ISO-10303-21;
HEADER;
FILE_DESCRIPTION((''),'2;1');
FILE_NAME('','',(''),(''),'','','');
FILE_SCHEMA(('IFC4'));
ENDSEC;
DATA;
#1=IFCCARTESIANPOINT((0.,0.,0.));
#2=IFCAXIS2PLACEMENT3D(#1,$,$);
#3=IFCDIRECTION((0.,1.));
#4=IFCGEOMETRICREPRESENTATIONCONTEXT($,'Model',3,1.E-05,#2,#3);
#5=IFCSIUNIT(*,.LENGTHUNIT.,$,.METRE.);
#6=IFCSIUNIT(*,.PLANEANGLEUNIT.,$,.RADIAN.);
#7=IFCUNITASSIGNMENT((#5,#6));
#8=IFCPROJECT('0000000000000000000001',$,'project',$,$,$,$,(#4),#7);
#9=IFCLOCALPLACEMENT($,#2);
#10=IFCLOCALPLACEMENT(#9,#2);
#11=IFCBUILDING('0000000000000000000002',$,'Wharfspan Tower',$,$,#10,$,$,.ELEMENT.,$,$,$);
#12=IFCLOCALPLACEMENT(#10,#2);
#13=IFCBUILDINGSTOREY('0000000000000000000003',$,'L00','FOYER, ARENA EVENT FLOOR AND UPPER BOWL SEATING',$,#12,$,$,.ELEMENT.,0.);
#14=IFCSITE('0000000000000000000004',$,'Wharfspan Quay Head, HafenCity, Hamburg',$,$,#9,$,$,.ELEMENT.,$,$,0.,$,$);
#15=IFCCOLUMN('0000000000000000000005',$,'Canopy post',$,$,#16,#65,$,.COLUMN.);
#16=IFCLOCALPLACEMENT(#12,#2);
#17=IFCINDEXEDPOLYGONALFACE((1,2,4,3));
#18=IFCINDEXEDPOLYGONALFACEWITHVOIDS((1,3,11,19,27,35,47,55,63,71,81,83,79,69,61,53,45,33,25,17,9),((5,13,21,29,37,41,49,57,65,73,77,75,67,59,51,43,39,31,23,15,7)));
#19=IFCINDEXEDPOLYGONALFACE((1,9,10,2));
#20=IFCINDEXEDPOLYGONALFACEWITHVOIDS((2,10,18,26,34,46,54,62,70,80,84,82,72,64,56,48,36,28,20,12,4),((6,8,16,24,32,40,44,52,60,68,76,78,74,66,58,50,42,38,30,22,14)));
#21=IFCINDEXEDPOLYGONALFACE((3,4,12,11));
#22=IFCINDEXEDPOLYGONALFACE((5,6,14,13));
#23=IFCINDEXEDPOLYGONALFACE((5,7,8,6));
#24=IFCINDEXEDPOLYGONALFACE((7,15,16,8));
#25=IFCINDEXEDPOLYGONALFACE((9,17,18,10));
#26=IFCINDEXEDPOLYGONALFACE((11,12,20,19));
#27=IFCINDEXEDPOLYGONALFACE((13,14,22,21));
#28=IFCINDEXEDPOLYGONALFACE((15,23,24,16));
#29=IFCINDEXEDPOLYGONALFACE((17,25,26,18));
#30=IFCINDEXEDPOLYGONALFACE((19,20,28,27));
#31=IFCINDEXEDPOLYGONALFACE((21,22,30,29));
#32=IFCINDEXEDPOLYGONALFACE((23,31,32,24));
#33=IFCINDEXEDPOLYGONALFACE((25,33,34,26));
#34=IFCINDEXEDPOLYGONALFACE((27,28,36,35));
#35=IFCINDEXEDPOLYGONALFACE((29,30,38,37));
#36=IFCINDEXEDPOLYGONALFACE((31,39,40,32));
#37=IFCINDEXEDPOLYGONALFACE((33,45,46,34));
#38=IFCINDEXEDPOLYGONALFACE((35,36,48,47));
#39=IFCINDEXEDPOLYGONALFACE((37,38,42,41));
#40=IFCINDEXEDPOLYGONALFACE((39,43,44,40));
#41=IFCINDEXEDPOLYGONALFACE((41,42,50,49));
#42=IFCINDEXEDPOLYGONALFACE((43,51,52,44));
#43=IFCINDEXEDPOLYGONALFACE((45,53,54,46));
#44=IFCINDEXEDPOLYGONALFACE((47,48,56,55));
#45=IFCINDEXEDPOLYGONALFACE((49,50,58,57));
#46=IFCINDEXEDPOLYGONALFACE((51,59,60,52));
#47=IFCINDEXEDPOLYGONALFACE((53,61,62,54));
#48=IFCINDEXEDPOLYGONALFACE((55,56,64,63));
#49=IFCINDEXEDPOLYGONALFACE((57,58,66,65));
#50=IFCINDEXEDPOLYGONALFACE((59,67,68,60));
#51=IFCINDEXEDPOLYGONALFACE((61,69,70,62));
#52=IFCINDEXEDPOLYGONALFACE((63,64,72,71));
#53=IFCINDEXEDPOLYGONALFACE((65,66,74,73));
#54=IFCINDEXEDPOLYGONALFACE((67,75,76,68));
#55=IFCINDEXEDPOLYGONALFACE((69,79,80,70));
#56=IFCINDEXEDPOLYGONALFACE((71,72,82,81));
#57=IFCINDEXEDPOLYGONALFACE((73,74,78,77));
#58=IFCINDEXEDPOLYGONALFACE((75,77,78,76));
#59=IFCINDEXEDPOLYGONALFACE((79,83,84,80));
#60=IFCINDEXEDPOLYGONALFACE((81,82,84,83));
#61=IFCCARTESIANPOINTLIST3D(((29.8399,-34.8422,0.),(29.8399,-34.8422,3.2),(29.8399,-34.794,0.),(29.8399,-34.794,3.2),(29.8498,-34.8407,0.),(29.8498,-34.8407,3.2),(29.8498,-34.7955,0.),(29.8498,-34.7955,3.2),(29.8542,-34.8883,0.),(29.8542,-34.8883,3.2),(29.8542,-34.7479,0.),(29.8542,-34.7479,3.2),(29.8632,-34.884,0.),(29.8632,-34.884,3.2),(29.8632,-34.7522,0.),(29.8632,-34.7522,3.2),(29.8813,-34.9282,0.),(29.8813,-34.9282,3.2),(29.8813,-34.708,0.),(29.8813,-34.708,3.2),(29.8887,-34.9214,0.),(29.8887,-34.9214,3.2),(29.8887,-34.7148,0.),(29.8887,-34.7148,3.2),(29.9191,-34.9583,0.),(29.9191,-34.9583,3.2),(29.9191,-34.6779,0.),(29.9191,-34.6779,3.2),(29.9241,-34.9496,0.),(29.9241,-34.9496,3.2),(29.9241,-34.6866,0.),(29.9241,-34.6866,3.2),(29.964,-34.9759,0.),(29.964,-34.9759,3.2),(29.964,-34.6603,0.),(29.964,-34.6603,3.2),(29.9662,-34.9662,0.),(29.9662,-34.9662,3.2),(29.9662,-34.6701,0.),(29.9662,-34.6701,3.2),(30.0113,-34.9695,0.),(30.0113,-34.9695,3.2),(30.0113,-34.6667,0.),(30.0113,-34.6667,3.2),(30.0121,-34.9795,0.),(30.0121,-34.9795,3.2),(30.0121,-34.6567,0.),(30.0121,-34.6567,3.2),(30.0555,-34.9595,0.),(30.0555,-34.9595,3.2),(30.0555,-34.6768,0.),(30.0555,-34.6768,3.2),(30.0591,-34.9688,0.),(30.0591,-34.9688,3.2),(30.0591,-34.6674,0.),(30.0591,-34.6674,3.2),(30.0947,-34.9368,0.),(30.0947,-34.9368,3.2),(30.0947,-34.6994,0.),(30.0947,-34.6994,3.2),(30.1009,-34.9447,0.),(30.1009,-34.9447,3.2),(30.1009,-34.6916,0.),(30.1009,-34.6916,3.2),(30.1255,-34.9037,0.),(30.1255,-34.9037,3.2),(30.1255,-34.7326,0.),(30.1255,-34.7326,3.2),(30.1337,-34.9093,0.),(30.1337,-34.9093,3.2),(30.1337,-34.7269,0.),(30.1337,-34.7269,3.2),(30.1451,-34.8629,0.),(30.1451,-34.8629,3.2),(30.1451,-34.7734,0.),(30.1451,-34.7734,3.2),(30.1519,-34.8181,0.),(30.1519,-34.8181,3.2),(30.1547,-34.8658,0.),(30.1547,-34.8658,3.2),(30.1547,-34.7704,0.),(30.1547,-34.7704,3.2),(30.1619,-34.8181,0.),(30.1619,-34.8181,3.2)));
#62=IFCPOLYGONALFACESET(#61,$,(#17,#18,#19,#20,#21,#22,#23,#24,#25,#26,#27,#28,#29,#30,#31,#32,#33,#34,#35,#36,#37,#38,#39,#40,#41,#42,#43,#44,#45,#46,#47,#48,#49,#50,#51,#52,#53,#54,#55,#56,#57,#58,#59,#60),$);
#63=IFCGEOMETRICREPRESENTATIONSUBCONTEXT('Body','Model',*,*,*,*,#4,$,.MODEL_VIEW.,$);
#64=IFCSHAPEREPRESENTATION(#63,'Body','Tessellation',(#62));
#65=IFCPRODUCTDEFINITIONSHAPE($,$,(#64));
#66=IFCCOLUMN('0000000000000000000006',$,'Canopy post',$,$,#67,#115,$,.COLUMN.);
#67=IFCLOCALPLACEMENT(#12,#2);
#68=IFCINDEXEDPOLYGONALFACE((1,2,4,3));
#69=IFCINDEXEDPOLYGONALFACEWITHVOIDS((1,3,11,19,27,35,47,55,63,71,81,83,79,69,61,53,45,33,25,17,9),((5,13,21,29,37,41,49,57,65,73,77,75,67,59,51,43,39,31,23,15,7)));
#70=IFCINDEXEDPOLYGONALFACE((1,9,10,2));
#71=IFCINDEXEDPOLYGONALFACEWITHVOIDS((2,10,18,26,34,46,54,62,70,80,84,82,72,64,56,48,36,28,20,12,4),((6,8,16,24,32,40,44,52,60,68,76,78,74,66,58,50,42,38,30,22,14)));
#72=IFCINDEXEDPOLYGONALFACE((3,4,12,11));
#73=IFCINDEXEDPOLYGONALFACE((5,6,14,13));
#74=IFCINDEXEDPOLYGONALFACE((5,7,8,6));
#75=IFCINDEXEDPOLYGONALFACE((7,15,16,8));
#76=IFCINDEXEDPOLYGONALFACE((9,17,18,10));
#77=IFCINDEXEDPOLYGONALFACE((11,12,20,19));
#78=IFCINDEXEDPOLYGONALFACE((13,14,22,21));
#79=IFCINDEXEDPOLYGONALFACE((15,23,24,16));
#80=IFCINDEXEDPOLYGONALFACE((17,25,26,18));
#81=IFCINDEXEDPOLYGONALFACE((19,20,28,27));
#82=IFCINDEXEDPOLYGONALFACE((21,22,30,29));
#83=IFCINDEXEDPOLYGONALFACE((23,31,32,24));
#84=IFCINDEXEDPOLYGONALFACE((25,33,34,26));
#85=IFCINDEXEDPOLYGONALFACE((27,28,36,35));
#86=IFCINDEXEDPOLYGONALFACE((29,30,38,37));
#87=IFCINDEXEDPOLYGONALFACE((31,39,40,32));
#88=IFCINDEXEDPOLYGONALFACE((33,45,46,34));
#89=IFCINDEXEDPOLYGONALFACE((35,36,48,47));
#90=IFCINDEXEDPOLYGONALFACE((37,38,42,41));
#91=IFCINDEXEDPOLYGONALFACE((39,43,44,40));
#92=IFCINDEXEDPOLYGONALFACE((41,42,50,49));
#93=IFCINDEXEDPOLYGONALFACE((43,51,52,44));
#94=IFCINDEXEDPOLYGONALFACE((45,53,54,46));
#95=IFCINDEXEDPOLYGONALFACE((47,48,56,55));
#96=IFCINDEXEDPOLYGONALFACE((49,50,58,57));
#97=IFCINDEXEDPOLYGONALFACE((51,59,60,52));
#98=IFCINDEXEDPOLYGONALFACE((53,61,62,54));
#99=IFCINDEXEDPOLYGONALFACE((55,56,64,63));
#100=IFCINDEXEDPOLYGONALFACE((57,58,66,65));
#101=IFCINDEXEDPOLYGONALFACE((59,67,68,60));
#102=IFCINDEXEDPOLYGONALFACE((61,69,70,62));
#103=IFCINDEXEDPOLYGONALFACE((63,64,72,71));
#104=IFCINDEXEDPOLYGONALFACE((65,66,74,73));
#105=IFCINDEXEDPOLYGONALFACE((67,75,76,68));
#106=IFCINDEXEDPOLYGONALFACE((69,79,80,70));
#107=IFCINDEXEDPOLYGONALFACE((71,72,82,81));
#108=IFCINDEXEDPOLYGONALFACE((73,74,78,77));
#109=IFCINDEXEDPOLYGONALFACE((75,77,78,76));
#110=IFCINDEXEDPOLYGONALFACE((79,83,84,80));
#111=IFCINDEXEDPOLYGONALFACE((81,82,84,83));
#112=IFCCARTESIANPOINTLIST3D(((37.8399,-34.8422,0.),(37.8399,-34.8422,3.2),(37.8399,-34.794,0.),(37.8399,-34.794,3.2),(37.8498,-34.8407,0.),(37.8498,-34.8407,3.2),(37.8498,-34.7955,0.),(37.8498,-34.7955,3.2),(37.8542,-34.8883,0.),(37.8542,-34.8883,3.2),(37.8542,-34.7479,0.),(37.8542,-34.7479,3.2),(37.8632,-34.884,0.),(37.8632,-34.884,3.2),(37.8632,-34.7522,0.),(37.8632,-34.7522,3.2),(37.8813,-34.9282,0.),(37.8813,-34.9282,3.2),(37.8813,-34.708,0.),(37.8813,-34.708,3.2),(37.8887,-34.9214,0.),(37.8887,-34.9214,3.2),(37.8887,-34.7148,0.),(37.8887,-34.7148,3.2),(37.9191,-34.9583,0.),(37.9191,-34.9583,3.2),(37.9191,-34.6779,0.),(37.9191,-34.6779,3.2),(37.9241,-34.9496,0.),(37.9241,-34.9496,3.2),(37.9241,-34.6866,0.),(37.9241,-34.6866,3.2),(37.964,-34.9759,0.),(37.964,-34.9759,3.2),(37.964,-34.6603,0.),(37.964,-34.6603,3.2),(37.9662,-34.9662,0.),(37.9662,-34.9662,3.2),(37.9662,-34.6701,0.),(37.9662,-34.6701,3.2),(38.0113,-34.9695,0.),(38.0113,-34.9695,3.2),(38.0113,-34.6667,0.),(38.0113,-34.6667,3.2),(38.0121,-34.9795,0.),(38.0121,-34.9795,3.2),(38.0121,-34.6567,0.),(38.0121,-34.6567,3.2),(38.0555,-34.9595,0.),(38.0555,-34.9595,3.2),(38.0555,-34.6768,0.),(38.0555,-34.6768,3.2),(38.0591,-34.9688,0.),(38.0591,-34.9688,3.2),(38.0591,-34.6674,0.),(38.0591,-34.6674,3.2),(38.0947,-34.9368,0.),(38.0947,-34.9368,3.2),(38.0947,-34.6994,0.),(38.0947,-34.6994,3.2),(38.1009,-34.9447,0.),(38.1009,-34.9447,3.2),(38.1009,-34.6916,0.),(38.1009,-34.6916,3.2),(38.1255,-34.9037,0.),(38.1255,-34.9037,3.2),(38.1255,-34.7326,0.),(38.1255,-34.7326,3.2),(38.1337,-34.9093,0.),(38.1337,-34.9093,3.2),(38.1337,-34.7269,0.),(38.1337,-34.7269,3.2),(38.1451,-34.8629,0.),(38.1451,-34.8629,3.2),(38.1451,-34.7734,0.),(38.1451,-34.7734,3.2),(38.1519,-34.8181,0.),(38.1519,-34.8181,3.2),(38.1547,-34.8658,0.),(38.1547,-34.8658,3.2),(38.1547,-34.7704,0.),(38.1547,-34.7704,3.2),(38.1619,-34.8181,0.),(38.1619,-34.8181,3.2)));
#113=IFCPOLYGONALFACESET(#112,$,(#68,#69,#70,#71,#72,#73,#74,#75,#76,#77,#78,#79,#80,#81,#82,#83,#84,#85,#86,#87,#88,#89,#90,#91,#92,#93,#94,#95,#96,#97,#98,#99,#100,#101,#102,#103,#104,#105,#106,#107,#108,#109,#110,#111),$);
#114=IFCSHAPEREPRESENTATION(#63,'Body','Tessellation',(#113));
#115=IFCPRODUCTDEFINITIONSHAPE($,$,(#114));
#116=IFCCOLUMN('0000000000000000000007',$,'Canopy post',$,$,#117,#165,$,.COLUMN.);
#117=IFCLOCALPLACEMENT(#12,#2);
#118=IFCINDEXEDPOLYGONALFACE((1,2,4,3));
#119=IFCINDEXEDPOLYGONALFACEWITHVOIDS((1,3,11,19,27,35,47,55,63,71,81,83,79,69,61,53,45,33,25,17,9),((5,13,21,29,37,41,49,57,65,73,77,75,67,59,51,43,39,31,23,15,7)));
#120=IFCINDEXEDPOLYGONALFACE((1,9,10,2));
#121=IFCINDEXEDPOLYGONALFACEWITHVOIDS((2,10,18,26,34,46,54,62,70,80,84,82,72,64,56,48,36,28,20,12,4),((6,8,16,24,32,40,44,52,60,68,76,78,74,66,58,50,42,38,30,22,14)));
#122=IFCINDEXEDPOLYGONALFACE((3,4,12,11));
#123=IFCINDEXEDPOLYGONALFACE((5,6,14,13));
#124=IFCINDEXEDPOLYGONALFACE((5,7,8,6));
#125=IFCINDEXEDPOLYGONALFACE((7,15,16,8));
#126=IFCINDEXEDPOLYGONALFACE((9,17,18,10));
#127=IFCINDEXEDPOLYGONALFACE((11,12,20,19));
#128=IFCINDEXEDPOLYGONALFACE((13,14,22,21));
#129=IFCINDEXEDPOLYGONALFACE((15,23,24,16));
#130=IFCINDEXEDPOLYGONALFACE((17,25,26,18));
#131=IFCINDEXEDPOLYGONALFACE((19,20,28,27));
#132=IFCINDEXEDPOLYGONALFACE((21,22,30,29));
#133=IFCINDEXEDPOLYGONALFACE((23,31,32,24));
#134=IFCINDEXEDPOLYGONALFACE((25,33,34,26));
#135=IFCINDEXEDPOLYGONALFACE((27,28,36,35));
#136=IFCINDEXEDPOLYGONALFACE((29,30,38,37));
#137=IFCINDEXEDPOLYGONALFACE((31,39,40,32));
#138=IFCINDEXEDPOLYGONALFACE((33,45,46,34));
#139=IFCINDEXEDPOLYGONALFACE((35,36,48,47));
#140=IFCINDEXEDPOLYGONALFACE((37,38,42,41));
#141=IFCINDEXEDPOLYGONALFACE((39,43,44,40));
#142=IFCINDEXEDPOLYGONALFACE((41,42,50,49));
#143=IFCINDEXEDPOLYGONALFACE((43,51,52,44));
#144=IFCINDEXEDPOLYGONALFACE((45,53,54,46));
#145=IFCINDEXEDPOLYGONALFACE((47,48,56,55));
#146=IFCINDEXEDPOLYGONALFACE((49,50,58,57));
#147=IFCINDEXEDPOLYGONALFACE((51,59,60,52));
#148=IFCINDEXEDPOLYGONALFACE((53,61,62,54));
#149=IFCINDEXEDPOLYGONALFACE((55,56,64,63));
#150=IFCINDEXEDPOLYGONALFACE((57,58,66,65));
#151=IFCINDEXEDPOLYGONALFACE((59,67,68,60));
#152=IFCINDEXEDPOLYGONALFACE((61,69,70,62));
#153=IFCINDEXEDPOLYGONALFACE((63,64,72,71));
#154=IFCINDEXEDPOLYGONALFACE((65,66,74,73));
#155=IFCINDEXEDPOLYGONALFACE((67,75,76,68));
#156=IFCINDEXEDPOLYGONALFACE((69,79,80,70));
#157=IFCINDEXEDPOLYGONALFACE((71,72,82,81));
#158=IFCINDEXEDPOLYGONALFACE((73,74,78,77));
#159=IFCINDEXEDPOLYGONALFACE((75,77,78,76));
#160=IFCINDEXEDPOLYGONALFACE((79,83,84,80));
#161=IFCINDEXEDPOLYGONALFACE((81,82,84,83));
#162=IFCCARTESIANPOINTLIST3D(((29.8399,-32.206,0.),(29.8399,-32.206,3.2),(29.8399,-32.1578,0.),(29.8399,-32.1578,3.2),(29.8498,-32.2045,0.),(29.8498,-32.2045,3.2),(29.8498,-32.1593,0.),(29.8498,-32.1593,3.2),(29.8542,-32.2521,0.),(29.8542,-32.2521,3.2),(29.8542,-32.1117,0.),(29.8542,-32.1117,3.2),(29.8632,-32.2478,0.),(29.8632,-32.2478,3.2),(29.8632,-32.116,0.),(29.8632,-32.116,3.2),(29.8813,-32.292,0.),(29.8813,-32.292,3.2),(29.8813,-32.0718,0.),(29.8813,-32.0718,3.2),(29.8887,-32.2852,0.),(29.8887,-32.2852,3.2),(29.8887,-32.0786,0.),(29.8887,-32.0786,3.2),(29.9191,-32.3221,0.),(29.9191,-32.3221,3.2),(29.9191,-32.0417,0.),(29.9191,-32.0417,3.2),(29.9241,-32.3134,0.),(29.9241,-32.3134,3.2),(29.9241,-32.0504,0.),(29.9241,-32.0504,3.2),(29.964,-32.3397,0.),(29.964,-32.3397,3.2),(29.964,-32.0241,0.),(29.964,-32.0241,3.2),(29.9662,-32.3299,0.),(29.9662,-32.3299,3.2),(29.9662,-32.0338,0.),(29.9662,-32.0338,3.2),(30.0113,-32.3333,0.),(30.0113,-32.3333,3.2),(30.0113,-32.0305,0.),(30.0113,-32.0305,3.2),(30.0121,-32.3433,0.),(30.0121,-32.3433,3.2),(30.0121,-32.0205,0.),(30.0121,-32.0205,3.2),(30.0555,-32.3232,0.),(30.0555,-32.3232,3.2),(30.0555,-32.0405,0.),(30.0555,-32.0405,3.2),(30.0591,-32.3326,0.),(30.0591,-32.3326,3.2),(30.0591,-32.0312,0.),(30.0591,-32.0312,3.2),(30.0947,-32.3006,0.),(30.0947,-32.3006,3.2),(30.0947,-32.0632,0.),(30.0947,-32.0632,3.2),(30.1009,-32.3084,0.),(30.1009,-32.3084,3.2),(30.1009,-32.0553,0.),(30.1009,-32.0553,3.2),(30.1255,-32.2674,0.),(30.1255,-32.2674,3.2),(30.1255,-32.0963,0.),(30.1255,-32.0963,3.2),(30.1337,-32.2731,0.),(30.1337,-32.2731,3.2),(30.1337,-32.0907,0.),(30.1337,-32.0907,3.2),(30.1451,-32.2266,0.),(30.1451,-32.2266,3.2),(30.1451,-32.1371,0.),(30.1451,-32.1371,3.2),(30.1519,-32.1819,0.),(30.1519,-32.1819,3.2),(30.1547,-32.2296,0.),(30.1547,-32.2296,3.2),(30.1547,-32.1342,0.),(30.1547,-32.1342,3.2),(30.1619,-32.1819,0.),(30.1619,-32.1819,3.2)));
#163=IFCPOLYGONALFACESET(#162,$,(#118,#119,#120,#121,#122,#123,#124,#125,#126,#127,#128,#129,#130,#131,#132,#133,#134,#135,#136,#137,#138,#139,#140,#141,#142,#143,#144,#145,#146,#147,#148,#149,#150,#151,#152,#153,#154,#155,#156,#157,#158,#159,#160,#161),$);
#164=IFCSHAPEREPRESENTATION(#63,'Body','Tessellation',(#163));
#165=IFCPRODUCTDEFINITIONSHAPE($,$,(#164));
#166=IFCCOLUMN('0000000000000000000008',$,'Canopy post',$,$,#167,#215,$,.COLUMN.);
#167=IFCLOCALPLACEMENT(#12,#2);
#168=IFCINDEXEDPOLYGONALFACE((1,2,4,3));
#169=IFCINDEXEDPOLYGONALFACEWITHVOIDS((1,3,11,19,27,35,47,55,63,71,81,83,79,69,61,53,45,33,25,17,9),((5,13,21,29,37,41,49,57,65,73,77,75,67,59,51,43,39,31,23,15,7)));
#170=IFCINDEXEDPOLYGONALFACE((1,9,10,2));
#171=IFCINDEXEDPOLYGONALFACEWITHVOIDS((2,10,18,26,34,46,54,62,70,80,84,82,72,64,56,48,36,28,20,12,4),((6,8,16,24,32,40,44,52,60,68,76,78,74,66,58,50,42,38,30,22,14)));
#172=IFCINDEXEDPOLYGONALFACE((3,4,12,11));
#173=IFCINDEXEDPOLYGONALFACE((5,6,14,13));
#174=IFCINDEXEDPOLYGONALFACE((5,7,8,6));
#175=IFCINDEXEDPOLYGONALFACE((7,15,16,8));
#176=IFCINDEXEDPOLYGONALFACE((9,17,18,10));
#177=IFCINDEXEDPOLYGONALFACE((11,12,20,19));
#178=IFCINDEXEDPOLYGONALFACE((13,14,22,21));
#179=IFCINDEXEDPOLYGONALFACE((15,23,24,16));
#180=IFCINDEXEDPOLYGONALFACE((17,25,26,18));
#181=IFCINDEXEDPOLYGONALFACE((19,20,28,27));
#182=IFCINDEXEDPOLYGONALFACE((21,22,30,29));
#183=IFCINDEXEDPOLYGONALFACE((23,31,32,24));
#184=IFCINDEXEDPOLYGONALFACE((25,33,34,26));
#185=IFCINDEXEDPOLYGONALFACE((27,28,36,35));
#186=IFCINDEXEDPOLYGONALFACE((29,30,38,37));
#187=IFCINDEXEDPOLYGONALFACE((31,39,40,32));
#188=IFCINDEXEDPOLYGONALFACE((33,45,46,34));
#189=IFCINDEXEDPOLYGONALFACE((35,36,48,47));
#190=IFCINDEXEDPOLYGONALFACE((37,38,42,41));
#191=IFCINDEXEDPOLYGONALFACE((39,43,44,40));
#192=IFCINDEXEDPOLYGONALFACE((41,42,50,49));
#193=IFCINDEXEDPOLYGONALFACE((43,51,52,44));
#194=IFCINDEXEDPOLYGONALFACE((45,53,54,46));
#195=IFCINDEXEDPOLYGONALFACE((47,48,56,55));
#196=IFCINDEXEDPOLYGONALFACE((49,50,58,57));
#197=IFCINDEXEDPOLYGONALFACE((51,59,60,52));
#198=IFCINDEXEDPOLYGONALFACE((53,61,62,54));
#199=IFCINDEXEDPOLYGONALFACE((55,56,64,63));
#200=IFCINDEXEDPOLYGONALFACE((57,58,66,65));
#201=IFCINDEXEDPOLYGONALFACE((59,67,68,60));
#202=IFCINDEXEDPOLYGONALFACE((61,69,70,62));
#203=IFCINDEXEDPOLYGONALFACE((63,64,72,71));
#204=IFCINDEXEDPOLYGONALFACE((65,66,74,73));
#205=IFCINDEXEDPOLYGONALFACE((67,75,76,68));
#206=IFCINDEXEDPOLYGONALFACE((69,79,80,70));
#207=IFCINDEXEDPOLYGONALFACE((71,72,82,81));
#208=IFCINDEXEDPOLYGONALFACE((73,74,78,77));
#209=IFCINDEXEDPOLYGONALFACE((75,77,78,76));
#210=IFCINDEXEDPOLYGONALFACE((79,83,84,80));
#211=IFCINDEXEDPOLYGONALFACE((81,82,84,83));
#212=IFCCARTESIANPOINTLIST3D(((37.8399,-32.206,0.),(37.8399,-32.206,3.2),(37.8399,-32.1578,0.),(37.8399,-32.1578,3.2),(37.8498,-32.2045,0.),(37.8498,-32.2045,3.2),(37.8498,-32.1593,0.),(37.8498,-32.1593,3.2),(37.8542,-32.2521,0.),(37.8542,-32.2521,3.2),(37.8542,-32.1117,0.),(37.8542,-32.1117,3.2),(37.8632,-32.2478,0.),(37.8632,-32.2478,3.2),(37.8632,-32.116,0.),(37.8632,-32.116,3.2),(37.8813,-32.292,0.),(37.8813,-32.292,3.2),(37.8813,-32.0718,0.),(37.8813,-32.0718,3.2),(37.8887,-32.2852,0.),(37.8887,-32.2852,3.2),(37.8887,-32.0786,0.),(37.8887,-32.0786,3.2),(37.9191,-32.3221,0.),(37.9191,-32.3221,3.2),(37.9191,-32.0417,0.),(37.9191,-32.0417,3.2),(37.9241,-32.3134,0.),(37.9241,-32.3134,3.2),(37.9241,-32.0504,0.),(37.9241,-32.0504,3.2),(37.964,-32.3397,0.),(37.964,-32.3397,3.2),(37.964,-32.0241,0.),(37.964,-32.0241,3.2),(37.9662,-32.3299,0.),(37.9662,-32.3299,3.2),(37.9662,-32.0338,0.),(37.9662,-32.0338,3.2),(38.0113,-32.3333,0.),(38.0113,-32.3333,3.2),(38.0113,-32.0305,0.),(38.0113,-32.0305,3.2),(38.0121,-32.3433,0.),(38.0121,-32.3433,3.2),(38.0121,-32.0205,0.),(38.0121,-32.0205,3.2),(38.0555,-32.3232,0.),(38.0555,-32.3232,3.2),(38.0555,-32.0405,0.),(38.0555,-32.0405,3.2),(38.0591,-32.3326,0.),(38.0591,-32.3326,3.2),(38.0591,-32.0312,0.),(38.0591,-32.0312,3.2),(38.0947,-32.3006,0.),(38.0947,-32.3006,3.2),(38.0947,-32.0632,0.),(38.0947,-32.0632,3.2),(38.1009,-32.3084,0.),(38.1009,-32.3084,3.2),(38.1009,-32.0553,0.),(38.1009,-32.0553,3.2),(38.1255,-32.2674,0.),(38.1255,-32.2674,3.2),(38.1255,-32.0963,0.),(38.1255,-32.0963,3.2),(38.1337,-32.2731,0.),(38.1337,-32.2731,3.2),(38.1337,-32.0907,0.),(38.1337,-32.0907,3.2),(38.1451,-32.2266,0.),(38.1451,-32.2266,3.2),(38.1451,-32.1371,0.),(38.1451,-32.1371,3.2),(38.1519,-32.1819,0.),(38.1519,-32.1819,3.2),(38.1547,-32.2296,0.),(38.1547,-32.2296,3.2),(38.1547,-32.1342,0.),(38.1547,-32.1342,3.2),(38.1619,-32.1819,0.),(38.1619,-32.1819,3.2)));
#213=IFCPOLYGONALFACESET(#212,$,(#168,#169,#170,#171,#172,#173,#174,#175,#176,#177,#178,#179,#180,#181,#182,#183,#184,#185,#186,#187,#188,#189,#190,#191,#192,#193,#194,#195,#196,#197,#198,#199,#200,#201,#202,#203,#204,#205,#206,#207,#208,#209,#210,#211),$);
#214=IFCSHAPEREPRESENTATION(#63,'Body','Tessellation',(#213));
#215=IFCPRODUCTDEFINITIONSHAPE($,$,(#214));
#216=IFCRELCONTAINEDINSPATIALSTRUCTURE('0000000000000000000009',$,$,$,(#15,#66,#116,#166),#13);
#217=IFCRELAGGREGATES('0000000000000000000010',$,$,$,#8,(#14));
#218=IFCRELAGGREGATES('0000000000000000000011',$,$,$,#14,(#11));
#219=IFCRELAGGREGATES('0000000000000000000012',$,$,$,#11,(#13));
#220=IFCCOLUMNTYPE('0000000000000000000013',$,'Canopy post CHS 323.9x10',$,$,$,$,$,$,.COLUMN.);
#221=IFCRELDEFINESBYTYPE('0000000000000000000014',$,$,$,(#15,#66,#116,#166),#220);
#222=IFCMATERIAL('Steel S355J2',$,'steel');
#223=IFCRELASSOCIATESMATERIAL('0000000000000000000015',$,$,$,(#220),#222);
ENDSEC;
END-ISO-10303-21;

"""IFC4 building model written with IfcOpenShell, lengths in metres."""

from ifc_helpers import new_model, si_unit, direction, frame, origin, origin_2d, place, context, subcontext, project, spatial, hollow_circle, extrude, material, material_profile, profile_set, type_object, element, save


model = new_model("IFC4")

# Units and contexts
model_context = context("Model", 3, precision=1e-05, world=origin(), true_north=direction((0.0, 1.0)))
body_context = subcontext(model_context, "Body", "Model", "MODEL_VIEW")
ifc_project = project(units=[si_unit("LENGTHUNIT", "METRE"), si_unit("PLANEANGLEUNIT", "RADIAN")], contexts=[model_context])

# Site, building, storey
site_placement = place(None, origin())
site = spatial("IfcSite", under=ifc_project, at=site_placement, Name="Wharfspan Quay Head, HafenCity, Hamburg", CompositionType="ELEMENT", RefElevation=0.0)
building_placement = place(site_placement, origin())
building = spatial("IfcBuilding", under=site, at=building_placement, Name="Wharfspan Tower", CompositionType="ELEMENT")
storey_placement = place(building_placement, origin())
storey = spatial("IfcBuildingStorey", under=building, at=storey_placement, Name="L00", Description="FOYER, ARENA EVENT FLOOR AND UPPER BOWL SEATING", CompositionType="ELEMENT", Elevation=0.0)

# Columns
ifc_material_1 = material(Name="Steel S355J2", Category="steel")
ifc_material_profile_1 = material_profile(ifc_material_1, hollow_circle(Radius=0.1619, WallThickness=0.01, at=origin_2d()))
ifc_profile_set_1 = profile_set([ifc_material_profile_1], Name="Steel S355J2")
column_type = type_object("IfcColumnType", Name="Canopy post CHS 323.9x10", PredefinedType="COLUMN", material=ifc_profile_set_1)
for number, where, z_axis, x_axis, name in (
    (1, (30.0, -34.8181, 0.0), (0.0, 0.0, 1.0), (1.0, 0.0, 0.0), "Canopy post"),
    (2, (38.0, -34.8181, 0.0), (0.0, 0.0, 1.0), (1.0, 0.0, 0.0), "Canopy post"),
    (3, (30.0, -32.1819, 0.0), (0.0, 0.0, 1.0), (1.0, 0.0, 0.0), "Canopy post"),
    (4, (38.0, -32.1819, 0.0), (0.0, 0.0, 1.0), (1.0, 0.0, 0.0), "Canopy post"),
):
    element("IfcColumn", number, at=place(storey_placement, frame(where, z_axis=z_axis, x_axis=x_axis)), inside=storey, type_object=column_type, Name=name, PredefinedType="COLUMN", context=body_context, shape_type="SweptSolid", body=[
        extrude(hollow_circle(Radius=0.1619, WallThickness=0.01, at=origin_2d()), origin(), (0.0, 0.0, 1.0), 3.2),
    ])

save(model, "model.ifc")
